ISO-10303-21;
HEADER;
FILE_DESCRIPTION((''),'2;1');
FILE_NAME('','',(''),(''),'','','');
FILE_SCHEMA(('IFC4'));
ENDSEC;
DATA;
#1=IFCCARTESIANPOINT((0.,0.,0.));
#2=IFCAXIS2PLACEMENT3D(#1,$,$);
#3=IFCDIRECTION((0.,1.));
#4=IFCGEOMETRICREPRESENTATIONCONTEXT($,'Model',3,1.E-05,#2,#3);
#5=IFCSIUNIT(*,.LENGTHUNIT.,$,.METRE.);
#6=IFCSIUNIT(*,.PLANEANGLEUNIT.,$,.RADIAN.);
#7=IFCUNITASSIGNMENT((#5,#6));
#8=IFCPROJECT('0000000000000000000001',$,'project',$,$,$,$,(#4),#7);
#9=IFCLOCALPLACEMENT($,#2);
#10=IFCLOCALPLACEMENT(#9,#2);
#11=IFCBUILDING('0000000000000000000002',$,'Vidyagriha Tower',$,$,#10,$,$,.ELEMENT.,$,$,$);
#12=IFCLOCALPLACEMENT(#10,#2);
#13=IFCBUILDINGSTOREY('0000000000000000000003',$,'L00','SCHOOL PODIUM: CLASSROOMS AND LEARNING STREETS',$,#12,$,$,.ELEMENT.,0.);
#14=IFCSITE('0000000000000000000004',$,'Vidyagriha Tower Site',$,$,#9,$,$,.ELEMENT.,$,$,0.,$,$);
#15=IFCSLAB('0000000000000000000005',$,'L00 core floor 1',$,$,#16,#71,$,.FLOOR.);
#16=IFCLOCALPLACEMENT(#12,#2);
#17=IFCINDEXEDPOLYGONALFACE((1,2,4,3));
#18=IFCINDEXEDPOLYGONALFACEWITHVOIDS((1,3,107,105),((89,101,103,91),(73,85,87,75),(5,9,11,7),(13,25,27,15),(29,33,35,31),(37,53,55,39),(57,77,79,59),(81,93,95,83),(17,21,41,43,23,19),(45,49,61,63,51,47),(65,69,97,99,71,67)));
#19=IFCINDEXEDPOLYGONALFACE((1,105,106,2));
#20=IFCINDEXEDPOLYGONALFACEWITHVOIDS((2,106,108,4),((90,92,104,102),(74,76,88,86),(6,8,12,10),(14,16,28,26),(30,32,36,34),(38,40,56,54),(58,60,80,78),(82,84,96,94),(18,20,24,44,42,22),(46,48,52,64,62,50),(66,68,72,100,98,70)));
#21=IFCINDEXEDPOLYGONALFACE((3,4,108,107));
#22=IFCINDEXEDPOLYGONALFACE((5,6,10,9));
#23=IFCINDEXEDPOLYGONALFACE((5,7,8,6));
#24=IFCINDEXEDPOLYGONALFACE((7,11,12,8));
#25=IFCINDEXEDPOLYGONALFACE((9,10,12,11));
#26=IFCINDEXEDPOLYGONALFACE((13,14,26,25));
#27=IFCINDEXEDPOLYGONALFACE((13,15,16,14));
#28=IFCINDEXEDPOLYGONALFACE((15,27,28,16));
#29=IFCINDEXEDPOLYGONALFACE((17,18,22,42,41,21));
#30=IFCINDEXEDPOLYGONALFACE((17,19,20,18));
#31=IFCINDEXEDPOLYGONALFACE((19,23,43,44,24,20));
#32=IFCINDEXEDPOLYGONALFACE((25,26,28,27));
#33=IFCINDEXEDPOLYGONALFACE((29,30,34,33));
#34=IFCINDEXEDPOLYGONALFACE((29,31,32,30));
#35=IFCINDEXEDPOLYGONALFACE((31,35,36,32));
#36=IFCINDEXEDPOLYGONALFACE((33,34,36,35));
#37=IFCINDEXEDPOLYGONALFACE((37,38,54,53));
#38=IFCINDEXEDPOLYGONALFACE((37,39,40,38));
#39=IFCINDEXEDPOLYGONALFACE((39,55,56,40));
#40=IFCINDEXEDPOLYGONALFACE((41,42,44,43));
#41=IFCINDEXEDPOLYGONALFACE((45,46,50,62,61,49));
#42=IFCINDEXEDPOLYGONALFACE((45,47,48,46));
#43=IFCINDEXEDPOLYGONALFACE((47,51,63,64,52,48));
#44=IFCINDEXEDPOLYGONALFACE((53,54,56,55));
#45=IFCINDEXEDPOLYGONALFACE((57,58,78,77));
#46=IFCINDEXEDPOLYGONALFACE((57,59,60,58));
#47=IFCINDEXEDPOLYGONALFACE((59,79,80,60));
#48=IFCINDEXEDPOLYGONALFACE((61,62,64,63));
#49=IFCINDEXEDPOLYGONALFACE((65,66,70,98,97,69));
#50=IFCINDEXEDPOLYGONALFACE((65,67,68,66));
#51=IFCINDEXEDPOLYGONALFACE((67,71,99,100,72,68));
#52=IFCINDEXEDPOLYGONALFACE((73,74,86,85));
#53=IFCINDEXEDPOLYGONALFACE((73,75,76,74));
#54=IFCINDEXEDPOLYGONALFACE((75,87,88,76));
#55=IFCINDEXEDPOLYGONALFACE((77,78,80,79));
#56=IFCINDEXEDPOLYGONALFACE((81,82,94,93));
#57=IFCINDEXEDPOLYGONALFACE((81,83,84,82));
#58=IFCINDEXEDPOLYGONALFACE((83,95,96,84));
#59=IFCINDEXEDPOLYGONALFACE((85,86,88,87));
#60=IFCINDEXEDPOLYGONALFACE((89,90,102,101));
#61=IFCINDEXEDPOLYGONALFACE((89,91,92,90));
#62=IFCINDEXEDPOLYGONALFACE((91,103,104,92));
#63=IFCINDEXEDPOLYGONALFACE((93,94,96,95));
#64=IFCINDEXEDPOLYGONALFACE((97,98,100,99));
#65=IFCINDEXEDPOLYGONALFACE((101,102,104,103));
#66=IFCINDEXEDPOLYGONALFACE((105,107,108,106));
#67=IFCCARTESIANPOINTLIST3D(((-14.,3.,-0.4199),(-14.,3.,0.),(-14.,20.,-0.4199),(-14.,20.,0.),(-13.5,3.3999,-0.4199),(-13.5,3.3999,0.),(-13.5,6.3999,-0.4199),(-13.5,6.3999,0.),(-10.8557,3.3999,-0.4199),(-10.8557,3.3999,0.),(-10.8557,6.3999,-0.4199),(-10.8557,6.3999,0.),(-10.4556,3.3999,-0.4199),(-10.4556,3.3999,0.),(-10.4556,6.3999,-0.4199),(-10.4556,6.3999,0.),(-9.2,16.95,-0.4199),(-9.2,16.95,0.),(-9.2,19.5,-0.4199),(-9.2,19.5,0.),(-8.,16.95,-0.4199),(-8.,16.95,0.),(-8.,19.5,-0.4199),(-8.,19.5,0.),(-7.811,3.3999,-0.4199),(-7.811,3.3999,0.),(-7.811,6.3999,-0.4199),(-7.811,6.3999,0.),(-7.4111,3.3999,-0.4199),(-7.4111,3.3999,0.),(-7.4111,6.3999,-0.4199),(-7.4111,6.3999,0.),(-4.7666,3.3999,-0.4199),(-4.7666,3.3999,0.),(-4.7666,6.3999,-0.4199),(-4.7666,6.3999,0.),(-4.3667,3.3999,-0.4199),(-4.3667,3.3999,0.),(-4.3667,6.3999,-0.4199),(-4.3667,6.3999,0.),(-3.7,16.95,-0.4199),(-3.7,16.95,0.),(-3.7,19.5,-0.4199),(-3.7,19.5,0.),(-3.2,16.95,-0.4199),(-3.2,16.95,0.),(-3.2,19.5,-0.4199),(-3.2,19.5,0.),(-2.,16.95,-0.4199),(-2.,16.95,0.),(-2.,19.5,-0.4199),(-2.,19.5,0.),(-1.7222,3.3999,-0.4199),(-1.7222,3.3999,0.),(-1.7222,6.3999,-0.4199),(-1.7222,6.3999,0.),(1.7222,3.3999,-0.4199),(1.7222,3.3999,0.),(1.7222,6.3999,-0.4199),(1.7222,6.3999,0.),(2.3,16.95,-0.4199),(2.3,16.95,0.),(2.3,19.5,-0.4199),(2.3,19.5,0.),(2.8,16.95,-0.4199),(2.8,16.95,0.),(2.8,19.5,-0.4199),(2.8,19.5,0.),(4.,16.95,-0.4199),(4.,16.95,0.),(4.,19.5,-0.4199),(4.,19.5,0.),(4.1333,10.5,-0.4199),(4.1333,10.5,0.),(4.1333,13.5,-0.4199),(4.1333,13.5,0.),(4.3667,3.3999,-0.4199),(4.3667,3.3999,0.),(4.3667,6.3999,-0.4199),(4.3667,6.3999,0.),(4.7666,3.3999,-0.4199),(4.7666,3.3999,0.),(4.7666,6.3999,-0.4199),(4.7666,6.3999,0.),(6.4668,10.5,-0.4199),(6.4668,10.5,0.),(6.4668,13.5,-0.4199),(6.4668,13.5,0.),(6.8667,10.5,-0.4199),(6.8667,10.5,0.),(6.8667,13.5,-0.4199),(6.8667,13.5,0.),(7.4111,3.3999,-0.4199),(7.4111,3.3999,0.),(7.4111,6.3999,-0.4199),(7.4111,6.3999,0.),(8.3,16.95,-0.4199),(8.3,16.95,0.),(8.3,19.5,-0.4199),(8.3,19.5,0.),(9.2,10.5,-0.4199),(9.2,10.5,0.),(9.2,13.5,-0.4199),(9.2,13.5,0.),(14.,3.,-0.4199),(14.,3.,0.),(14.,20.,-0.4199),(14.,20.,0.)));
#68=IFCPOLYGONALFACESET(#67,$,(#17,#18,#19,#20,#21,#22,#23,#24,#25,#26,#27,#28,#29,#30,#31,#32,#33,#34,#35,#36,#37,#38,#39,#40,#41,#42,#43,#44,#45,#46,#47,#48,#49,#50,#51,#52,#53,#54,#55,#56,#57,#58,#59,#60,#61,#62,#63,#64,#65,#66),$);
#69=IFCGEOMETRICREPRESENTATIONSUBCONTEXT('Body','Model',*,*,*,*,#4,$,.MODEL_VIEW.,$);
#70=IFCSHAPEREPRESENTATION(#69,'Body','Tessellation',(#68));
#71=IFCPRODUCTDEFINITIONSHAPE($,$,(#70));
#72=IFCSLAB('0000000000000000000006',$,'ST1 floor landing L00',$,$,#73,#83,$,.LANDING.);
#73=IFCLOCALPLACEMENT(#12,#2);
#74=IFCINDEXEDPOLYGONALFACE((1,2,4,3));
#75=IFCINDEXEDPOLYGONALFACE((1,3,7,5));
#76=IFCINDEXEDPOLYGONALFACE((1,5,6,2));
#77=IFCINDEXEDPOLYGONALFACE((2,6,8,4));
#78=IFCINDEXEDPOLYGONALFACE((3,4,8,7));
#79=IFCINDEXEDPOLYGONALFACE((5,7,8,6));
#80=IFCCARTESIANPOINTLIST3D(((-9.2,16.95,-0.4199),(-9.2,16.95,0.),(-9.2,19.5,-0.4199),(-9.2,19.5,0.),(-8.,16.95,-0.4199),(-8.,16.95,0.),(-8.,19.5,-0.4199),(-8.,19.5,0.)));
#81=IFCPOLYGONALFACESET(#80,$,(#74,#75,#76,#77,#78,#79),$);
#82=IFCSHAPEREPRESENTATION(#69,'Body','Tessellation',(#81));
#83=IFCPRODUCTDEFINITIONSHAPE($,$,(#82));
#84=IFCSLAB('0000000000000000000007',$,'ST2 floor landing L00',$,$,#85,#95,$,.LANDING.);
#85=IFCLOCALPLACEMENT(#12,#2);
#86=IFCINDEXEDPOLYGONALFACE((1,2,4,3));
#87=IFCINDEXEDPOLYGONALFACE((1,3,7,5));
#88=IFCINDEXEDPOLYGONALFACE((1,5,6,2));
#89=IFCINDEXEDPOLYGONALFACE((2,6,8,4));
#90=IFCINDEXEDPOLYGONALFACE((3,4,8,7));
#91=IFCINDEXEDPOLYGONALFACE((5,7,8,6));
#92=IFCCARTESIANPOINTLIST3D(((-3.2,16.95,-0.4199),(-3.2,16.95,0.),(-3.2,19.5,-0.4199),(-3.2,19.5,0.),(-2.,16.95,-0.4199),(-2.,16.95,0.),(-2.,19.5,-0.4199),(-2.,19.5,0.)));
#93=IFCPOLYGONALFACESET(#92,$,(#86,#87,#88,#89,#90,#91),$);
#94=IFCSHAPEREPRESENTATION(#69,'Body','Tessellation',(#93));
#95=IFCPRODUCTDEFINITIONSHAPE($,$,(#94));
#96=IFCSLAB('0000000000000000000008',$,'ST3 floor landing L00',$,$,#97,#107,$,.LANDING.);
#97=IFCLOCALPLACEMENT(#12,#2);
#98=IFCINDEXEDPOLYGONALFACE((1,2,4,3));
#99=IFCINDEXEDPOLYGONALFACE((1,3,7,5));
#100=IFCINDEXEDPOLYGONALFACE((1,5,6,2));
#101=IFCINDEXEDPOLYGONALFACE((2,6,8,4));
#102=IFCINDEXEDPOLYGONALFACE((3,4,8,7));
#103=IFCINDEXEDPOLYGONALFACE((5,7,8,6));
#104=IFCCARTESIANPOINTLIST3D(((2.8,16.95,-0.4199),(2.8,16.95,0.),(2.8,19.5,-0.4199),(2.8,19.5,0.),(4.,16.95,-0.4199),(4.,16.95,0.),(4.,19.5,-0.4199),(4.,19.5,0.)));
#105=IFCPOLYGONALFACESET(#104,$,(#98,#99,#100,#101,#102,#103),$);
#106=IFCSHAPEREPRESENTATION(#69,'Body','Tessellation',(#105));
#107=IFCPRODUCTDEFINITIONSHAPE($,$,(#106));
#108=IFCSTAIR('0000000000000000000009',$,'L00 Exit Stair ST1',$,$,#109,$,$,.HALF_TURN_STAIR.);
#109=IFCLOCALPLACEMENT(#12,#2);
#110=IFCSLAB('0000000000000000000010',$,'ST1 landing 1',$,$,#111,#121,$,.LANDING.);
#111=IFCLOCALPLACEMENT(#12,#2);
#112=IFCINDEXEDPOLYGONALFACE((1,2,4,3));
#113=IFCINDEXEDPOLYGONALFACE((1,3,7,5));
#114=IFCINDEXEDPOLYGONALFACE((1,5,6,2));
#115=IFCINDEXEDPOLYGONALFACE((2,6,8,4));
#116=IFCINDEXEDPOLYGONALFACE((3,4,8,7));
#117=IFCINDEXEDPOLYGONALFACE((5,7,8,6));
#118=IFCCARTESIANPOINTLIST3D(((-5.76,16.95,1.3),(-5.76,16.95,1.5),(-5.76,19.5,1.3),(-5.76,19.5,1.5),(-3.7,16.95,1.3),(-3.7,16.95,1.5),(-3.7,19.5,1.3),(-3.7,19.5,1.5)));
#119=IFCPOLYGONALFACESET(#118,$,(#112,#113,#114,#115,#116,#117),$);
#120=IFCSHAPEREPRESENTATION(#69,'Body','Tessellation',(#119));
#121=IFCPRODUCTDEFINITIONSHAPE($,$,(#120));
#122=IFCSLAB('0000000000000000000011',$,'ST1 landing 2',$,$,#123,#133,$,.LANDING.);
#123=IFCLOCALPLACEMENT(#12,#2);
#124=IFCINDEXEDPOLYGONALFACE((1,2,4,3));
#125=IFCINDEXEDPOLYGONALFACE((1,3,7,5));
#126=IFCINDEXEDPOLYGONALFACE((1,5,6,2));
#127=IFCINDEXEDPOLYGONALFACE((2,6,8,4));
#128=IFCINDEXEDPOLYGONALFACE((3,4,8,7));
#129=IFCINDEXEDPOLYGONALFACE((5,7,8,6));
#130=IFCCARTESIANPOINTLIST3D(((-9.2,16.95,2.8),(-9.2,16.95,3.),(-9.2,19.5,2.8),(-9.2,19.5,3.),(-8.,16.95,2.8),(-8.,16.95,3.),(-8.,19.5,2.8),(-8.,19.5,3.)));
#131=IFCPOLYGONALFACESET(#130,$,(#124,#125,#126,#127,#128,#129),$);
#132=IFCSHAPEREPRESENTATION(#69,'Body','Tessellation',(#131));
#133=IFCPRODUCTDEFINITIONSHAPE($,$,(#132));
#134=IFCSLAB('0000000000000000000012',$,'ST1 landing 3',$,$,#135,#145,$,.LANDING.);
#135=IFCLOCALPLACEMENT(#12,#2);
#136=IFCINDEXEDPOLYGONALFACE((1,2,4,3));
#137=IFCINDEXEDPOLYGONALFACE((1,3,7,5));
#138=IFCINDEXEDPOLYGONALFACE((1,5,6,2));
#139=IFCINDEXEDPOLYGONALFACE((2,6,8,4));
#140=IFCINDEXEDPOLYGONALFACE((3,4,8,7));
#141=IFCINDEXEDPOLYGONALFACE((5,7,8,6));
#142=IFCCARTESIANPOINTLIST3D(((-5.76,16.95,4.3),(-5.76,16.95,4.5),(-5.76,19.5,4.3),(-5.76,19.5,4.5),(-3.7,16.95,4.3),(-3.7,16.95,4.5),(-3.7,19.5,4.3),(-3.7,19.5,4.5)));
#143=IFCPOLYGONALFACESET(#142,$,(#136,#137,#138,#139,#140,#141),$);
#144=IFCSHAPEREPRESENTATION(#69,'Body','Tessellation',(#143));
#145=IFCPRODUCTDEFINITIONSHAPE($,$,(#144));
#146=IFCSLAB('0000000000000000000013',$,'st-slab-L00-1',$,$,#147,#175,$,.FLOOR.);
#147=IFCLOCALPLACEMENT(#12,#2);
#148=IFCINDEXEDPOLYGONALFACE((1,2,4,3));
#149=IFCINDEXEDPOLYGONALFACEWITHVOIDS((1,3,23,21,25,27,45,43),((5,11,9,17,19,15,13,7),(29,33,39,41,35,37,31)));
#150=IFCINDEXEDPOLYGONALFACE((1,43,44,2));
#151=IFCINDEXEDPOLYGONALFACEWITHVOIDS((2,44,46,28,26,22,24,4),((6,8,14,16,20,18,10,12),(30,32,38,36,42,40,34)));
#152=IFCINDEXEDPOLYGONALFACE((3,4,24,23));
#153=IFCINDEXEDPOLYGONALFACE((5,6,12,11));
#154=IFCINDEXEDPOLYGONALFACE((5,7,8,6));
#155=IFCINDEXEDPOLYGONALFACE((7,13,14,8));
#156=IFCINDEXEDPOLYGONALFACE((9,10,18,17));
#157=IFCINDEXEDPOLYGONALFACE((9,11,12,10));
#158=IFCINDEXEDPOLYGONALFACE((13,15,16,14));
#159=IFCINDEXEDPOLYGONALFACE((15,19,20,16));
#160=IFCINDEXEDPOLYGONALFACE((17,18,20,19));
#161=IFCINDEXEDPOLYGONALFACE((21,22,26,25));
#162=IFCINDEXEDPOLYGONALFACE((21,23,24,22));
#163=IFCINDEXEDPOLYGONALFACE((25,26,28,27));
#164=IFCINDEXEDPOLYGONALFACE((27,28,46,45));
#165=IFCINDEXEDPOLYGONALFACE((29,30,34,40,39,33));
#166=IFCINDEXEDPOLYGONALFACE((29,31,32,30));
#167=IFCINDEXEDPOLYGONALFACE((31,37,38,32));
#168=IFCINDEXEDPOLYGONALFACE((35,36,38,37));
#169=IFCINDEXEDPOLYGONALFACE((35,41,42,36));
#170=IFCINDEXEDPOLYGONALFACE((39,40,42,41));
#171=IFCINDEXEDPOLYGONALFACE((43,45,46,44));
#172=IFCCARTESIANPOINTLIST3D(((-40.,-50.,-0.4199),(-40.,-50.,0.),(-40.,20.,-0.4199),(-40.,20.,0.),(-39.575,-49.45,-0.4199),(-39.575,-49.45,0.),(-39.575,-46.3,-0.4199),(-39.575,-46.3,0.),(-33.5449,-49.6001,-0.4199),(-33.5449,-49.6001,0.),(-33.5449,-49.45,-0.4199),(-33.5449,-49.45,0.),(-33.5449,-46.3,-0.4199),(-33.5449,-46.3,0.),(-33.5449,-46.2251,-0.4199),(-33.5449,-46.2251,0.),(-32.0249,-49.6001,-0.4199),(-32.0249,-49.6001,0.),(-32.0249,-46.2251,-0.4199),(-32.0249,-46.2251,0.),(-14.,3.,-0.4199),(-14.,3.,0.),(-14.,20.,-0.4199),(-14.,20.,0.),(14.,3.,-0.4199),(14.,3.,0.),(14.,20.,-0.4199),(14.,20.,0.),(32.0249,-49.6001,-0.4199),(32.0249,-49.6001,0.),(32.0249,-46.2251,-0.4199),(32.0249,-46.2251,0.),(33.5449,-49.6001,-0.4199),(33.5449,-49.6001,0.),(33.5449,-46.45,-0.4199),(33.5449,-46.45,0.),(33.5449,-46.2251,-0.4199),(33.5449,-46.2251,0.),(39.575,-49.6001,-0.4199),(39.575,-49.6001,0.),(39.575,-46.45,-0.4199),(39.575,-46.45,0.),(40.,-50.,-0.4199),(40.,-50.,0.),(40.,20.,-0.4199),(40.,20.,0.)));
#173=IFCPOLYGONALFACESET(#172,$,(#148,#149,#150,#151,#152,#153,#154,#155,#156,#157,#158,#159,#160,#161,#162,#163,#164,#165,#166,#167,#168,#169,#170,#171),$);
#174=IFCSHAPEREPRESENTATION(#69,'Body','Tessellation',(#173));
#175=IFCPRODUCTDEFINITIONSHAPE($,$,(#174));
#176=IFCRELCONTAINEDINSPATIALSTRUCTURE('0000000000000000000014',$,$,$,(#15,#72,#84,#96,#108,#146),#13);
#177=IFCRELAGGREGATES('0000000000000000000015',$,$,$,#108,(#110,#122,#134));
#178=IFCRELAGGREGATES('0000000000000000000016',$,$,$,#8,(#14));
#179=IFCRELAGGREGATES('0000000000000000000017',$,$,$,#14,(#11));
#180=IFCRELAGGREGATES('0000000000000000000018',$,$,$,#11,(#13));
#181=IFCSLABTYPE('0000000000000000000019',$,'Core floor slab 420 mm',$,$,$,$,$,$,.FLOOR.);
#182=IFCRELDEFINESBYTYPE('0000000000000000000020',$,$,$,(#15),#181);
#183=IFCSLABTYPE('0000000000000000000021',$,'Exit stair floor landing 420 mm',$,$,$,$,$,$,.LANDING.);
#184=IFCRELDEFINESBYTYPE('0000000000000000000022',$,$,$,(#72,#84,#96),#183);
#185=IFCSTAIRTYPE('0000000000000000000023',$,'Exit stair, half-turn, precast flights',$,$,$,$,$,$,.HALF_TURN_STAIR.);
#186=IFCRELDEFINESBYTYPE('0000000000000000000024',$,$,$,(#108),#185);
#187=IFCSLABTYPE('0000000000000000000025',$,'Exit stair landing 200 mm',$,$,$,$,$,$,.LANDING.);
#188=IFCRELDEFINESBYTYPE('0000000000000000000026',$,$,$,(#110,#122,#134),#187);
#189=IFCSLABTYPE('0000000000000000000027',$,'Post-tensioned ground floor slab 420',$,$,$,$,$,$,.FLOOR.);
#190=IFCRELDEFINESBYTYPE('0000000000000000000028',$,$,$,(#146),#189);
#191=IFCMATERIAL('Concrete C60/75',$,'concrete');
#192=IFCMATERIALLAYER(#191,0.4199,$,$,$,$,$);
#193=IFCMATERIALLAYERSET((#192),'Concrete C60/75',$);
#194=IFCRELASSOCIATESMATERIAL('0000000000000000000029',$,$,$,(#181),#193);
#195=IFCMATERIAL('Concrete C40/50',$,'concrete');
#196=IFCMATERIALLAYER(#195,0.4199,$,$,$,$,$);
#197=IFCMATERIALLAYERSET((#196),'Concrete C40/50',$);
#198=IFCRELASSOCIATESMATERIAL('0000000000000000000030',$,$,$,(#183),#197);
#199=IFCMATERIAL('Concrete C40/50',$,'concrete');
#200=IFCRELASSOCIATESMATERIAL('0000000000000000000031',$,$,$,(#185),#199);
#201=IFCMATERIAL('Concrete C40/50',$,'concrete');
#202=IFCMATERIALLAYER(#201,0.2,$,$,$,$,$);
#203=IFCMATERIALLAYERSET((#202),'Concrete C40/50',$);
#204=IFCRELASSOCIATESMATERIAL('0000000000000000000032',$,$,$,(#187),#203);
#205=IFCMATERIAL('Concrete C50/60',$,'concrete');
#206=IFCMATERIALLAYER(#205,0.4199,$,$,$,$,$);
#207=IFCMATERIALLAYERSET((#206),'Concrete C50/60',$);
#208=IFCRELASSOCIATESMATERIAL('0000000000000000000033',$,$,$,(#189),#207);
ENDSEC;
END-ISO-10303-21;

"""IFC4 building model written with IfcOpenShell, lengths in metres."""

from ifc_helpers import new_model, si_unit, direction, frame, origin, place, context, subcontext, project, spatial, polyline, outline, extrude, material, layer, layer_set, type_object, element, aggregate, save


model = new_model("IFC4")

# Units and contexts
model_context = context("Model", 3, precision=1e-05, world=origin(), true_north=direction((0.0, 1.0)))
body_context = subcontext(model_context, "Body", "Model", "MODEL_VIEW")
ifc_project = project(units=[si_unit("LENGTHUNIT", "METRE"), si_unit("PLANEANGLEUNIT", "RADIAN")], contexts=[model_context])

# Site, building, storey
site_placement = place(None, origin())
site = spatial("IfcSite", under=ifc_project, at=site_placement, Name="Vidyagriha Tower Site", CompositionType="ELEMENT", RefElevation=0.0)
building_placement = place(site_placement, origin())
building = spatial("IfcBuilding", under=site, at=building_placement, Name="Vidyagriha Tower", CompositionType="ELEMENT")
storey_placement = place(building_placement, origin())
storey = spatial("IfcBuildingStorey", under=building, at=storey_placement, Name="L00", Description="SCHOOL PODIUM: CLASSROOMS AND LEARNING STREETS", CompositionType="ELEMENT", Elevation=0.0)

# Slabs
ifc_material_1 = material(Name="Concrete C60/75", Category="concrete")
ifc_layer_1 = layer(ifc_material_1, 0.4199)
ifc_layer_set_1 = layer_set([ifc_layer_1], Name="Concrete C60/75")
slab_type_1 = type_object("IfcSlabType", Name="Core floor slab 420 mm", PredefinedType="FLOOR", material=ifc_layer_set_1)
slab_1_placement = place(storey_placement, frame((0.0, 0.0, -0.4199)))
element("IfcSlab", 1, at=slab_1_placement, inside=storey, type_object=slab_type_1, Name="L00 core floor 1", PredefinedType="FLOOR", context=body_context, shape_type="SweptSolid", body=[
    extrude(outline(polyline([(-14.0, 3.0), (-14.0, 20.0), (14.0, 20.0), (14.0, 3.0), (-14.0, 3.0)]), holes=[polyline([(9.2, 13.5), (6.8667, 13.5), (6.8667, 10.5), (9.2, 10.5), (9.2, 13.5)]), polyline([(4.0, 19.5), (2.8, 19.5), (2.8, 16.95), (4.0, 16.95), (8.3, 16.95), (8.3, 19.5), (4.0, 19.5)]), polyline([(7.4111, 6.3999), (4.7666, 6.3999), (4.7666, 3.3999), (7.4111, 3.3999), (7.4111, 6.3999)]), polyline([(6.4668, 13.5), (4.1333, 13.5), (4.1333, 10.5), (6.4668, 10.5), (6.4668, 13.5)]), polyline([(1.7222, 6.3999), (1.7222, 3.3999), (4.3667, 3.3999), (4.3667, 6.3999), (1.7222, 6.3999)]), polyline([(-2.0, 16.95), (2.3, 16.95), (2.3, 19.5), (-2.0, 19.5), (-3.2, 19.5), (-3.2, 16.95), (-2.0, 16.95)]), polyline([(-1.7222, 6.3999), (-4.3667, 6.3999), (-4.3667, 3.3999), (-1.7222, 3.3999), (-1.7222, 6.3999)]), polyline([(-8.0, 19.5), (-9.2, 19.5), (-9.2, 16.95), (-8.0, 16.95), (-3.7, 16.95), (-3.7, 19.5), (-8.0, 19.5)]), polyline([(-4.7666, 6.3999), (-7.4111, 6.3999), (-7.4111, 3.3999), (-4.7666, 3.3999), (-4.7666, 6.3999)]), polyline([(-7.811, 6.3999), (-10.4556, 6.3999), (-10.4556, 3.3999), (-7.811, 3.3999), (-7.811, 6.3999)]), polyline([(-13.5, 6.3999), (-13.5, 3.3999), (-10.8557, 3.3999), (-10.8557, 6.3999), (-13.5, 6.3999)])]), origin(), (0.0, 0.0, 1.0), 0.4199),
])
ifc_material_2 = material(Name="Concrete C40/50", Category="concrete")
ifc_layer_2 = layer(ifc_material_2, 0.4199)
ifc_layer_set_2 = layer_set([ifc_layer_2], Name="Concrete C40/50")
slab_type_2 = type_object("IfcSlabType", Name="Exit stair floor landing 420 mm", PredefinedType="LANDING", material=ifc_layer_set_2)
slab_2_placement = place(storey_placement, frame((0.0, 0.0, -0.4199)))
element("IfcSlab", 2, at=slab_2_placement, inside=storey, type_object=slab_type_2, Name="ST1 floor landing L00", PredefinedType="LANDING", context=body_context, shape_type="SweptSolid", body=[
    extrude(outline(polyline([(-9.2, 16.95), (-8.0, 16.95), (-8.0, 19.5), (-9.2, 19.5), (-9.2, 16.95)])), origin(), (0.0, 0.0, 1.0), 0.4199),
])
slab_3_placement = place(storey_placement, frame((0.0, 0.0, -0.4199)))
element("IfcSlab", 3, at=slab_3_placement, inside=storey, type_object=slab_type_2, Name="ST2 floor landing L00", PredefinedType="LANDING", context=body_context, shape_type="SweptSolid", body=[
    extrude(outline(polyline([(-3.2, 16.95), (-2.0, 16.95), (-2.0, 19.5), (-3.2, 19.5), (-3.2, 16.95)])), origin(), (0.0, 0.0, 1.0), 0.4199),
])
slab_4_placement = place(storey_placement, frame((0.0, 0.0, -0.4199)))
element("IfcSlab", 4, at=slab_4_placement, inside=storey, type_object=slab_type_2, Name="ST3 floor landing L00", PredefinedType="LANDING", context=body_context, shape_type="SweptSolid", body=[
    extrude(outline(polyline([(2.8, 16.95), (4.0, 16.95), (4.0, 19.5), (2.8, 19.5), (2.8, 16.95)])), origin(), (0.0, 0.0, 1.0), 0.4199),
])

# Stair, slabs
ifc_material_3 = material(Name="Concrete C40/50", Category="concrete")
stair_type = type_object("IfcStairType", Name="Exit stair, half-turn, precast flights", PredefinedType="HALF_TURN_STAIR", material=ifc_material_3)
stair_placement = place(storey_placement, origin())
stair = element("IfcStair", 5, at=stair_placement, inside=storey, type_object=stair_type, Name="L00 Exit Stair ST1", PredefinedType="HALF_TURN_STAIR")
ifc_material_4 = material(Name="Concrete C40/50", Category="concrete")
ifc_layer_3 = layer(ifc_material_4, 0.2)
ifc_layer_set_3 = layer_set([ifc_layer_3], Name="Concrete C40/50")
slab_type_3 = type_object("IfcSlabType", Name="Exit stair landing 200 mm", PredefinedType="LANDING", material=ifc_layer_set_3)
slab_5_placement = place(storey_placement, frame((0.0, 0.0, 1.3)))
slab_5 = element("IfcSlab", 6, at=slab_5_placement, type_object=slab_type_3, Name="ST1 landing 1", PredefinedType="LANDING", context=body_context, shape_type="SweptSolid", body=[
    extrude(outline(polyline([(-5.76, 16.95), (-3.7, 16.95), (-3.7, 19.5), (-5.76, 19.5), (-5.76, 16.95)])), origin(), (0.0, 0.0, 1.0), 0.2),
])
slab_6_placement = place(storey_placement, frame((0.0, 0.0, 2.8)))
slab_6 = element("IfcSlab", 7, at=slab_6_placement, type_object=slab_type_3, Name="ST1 landing 2", PredefinedType="LANDING", context=body_context, shape_type="SweptSolid", body=[
    extrude(outline(polyline([(-9.2, 16.95), (-8.0, 16.95), (-8.0, 19.5), (-9.2, 19.5), (-9.2, 16.95)])), origin(), (0.0, 0.0, 1.0), 0.2),
])
slab_7_placement = place(storey_placement, frame((0.0, 0.0, 4.3)))
slab_7 = element("IfcSlab", 8, at=slab_7_placement, type_object=slab_type_3, Name="ST1 landing 3", PredefinedType="LANDING", context=body_context, shape_type="SweptSolid", body=[
    extrude(outline(polyline([(-5.76, 16.95), (-3.7, 16.95), (-3.7, 19.5), (-5.76, 19.5), (-5.76, 16.95)])), origin(), (0.0, 0.0, 1.0), 0.2),
])
aggregate(stair, [slab_5, slab_6, slab_7])

# Slab
ifc_material_5 = material(Name="Concrete C50/60", Category="concrete")
ifc_layer_4 = layer(ifc_material_5, 0.4199)
ifc_layer_set_4 = layer_set([ifc_layer_4], Name="Concrete C50/60")
slab_type_4 = type_object("IfcSlabType", Name="Post-tensioned ground floor slab 420", PredefinedType="FLOOR", material=ifc_layer_set_4)
slab_8_placement = place(storey_placement, frame((0.0, 0.0, -0.4199)))
element("IfcSlab", 9, at=slab_8_placement, inside=storey, type_object=slab_type_4, Name="st-slab-L00-1", PredefinedType="FLOOR", context=body_context, shape_type="SweptSolid", body=[
    extrude(outline(polyline([(40.0, 20.0), (40.0, -50.0), (-40.0, -50.0), (-40.0, 20.0), (-14.0, 20.0), (-14.0, 3.0), (14.0, 3.0), (14.0, 20.0), (40.0, 20.0)]), holes=[polyline([(-33.5449, -46.2251), (-33.5449, -46.3), (-39.575, -46.3), (-39.575, -49.45), (-33.5449, -49.45), (-33.5449, -49.6001), (-32.0249, -49.6001), (-32.0249, -46.2251), (-33.5449, -46.2251)]), polyline([(33.5449, -49.6001), (39.575, -49.6001), (39.575, -46.45), (33.5449, -46.45), (33.5449, -46.2251), (32.0249, -46.2251), (32.0249, -49.6001), (33.5449, -49.6001)])]), origin(), (0.0, 0.0, 1.0), 0.4199),
])

save(model, "model.ifc")
